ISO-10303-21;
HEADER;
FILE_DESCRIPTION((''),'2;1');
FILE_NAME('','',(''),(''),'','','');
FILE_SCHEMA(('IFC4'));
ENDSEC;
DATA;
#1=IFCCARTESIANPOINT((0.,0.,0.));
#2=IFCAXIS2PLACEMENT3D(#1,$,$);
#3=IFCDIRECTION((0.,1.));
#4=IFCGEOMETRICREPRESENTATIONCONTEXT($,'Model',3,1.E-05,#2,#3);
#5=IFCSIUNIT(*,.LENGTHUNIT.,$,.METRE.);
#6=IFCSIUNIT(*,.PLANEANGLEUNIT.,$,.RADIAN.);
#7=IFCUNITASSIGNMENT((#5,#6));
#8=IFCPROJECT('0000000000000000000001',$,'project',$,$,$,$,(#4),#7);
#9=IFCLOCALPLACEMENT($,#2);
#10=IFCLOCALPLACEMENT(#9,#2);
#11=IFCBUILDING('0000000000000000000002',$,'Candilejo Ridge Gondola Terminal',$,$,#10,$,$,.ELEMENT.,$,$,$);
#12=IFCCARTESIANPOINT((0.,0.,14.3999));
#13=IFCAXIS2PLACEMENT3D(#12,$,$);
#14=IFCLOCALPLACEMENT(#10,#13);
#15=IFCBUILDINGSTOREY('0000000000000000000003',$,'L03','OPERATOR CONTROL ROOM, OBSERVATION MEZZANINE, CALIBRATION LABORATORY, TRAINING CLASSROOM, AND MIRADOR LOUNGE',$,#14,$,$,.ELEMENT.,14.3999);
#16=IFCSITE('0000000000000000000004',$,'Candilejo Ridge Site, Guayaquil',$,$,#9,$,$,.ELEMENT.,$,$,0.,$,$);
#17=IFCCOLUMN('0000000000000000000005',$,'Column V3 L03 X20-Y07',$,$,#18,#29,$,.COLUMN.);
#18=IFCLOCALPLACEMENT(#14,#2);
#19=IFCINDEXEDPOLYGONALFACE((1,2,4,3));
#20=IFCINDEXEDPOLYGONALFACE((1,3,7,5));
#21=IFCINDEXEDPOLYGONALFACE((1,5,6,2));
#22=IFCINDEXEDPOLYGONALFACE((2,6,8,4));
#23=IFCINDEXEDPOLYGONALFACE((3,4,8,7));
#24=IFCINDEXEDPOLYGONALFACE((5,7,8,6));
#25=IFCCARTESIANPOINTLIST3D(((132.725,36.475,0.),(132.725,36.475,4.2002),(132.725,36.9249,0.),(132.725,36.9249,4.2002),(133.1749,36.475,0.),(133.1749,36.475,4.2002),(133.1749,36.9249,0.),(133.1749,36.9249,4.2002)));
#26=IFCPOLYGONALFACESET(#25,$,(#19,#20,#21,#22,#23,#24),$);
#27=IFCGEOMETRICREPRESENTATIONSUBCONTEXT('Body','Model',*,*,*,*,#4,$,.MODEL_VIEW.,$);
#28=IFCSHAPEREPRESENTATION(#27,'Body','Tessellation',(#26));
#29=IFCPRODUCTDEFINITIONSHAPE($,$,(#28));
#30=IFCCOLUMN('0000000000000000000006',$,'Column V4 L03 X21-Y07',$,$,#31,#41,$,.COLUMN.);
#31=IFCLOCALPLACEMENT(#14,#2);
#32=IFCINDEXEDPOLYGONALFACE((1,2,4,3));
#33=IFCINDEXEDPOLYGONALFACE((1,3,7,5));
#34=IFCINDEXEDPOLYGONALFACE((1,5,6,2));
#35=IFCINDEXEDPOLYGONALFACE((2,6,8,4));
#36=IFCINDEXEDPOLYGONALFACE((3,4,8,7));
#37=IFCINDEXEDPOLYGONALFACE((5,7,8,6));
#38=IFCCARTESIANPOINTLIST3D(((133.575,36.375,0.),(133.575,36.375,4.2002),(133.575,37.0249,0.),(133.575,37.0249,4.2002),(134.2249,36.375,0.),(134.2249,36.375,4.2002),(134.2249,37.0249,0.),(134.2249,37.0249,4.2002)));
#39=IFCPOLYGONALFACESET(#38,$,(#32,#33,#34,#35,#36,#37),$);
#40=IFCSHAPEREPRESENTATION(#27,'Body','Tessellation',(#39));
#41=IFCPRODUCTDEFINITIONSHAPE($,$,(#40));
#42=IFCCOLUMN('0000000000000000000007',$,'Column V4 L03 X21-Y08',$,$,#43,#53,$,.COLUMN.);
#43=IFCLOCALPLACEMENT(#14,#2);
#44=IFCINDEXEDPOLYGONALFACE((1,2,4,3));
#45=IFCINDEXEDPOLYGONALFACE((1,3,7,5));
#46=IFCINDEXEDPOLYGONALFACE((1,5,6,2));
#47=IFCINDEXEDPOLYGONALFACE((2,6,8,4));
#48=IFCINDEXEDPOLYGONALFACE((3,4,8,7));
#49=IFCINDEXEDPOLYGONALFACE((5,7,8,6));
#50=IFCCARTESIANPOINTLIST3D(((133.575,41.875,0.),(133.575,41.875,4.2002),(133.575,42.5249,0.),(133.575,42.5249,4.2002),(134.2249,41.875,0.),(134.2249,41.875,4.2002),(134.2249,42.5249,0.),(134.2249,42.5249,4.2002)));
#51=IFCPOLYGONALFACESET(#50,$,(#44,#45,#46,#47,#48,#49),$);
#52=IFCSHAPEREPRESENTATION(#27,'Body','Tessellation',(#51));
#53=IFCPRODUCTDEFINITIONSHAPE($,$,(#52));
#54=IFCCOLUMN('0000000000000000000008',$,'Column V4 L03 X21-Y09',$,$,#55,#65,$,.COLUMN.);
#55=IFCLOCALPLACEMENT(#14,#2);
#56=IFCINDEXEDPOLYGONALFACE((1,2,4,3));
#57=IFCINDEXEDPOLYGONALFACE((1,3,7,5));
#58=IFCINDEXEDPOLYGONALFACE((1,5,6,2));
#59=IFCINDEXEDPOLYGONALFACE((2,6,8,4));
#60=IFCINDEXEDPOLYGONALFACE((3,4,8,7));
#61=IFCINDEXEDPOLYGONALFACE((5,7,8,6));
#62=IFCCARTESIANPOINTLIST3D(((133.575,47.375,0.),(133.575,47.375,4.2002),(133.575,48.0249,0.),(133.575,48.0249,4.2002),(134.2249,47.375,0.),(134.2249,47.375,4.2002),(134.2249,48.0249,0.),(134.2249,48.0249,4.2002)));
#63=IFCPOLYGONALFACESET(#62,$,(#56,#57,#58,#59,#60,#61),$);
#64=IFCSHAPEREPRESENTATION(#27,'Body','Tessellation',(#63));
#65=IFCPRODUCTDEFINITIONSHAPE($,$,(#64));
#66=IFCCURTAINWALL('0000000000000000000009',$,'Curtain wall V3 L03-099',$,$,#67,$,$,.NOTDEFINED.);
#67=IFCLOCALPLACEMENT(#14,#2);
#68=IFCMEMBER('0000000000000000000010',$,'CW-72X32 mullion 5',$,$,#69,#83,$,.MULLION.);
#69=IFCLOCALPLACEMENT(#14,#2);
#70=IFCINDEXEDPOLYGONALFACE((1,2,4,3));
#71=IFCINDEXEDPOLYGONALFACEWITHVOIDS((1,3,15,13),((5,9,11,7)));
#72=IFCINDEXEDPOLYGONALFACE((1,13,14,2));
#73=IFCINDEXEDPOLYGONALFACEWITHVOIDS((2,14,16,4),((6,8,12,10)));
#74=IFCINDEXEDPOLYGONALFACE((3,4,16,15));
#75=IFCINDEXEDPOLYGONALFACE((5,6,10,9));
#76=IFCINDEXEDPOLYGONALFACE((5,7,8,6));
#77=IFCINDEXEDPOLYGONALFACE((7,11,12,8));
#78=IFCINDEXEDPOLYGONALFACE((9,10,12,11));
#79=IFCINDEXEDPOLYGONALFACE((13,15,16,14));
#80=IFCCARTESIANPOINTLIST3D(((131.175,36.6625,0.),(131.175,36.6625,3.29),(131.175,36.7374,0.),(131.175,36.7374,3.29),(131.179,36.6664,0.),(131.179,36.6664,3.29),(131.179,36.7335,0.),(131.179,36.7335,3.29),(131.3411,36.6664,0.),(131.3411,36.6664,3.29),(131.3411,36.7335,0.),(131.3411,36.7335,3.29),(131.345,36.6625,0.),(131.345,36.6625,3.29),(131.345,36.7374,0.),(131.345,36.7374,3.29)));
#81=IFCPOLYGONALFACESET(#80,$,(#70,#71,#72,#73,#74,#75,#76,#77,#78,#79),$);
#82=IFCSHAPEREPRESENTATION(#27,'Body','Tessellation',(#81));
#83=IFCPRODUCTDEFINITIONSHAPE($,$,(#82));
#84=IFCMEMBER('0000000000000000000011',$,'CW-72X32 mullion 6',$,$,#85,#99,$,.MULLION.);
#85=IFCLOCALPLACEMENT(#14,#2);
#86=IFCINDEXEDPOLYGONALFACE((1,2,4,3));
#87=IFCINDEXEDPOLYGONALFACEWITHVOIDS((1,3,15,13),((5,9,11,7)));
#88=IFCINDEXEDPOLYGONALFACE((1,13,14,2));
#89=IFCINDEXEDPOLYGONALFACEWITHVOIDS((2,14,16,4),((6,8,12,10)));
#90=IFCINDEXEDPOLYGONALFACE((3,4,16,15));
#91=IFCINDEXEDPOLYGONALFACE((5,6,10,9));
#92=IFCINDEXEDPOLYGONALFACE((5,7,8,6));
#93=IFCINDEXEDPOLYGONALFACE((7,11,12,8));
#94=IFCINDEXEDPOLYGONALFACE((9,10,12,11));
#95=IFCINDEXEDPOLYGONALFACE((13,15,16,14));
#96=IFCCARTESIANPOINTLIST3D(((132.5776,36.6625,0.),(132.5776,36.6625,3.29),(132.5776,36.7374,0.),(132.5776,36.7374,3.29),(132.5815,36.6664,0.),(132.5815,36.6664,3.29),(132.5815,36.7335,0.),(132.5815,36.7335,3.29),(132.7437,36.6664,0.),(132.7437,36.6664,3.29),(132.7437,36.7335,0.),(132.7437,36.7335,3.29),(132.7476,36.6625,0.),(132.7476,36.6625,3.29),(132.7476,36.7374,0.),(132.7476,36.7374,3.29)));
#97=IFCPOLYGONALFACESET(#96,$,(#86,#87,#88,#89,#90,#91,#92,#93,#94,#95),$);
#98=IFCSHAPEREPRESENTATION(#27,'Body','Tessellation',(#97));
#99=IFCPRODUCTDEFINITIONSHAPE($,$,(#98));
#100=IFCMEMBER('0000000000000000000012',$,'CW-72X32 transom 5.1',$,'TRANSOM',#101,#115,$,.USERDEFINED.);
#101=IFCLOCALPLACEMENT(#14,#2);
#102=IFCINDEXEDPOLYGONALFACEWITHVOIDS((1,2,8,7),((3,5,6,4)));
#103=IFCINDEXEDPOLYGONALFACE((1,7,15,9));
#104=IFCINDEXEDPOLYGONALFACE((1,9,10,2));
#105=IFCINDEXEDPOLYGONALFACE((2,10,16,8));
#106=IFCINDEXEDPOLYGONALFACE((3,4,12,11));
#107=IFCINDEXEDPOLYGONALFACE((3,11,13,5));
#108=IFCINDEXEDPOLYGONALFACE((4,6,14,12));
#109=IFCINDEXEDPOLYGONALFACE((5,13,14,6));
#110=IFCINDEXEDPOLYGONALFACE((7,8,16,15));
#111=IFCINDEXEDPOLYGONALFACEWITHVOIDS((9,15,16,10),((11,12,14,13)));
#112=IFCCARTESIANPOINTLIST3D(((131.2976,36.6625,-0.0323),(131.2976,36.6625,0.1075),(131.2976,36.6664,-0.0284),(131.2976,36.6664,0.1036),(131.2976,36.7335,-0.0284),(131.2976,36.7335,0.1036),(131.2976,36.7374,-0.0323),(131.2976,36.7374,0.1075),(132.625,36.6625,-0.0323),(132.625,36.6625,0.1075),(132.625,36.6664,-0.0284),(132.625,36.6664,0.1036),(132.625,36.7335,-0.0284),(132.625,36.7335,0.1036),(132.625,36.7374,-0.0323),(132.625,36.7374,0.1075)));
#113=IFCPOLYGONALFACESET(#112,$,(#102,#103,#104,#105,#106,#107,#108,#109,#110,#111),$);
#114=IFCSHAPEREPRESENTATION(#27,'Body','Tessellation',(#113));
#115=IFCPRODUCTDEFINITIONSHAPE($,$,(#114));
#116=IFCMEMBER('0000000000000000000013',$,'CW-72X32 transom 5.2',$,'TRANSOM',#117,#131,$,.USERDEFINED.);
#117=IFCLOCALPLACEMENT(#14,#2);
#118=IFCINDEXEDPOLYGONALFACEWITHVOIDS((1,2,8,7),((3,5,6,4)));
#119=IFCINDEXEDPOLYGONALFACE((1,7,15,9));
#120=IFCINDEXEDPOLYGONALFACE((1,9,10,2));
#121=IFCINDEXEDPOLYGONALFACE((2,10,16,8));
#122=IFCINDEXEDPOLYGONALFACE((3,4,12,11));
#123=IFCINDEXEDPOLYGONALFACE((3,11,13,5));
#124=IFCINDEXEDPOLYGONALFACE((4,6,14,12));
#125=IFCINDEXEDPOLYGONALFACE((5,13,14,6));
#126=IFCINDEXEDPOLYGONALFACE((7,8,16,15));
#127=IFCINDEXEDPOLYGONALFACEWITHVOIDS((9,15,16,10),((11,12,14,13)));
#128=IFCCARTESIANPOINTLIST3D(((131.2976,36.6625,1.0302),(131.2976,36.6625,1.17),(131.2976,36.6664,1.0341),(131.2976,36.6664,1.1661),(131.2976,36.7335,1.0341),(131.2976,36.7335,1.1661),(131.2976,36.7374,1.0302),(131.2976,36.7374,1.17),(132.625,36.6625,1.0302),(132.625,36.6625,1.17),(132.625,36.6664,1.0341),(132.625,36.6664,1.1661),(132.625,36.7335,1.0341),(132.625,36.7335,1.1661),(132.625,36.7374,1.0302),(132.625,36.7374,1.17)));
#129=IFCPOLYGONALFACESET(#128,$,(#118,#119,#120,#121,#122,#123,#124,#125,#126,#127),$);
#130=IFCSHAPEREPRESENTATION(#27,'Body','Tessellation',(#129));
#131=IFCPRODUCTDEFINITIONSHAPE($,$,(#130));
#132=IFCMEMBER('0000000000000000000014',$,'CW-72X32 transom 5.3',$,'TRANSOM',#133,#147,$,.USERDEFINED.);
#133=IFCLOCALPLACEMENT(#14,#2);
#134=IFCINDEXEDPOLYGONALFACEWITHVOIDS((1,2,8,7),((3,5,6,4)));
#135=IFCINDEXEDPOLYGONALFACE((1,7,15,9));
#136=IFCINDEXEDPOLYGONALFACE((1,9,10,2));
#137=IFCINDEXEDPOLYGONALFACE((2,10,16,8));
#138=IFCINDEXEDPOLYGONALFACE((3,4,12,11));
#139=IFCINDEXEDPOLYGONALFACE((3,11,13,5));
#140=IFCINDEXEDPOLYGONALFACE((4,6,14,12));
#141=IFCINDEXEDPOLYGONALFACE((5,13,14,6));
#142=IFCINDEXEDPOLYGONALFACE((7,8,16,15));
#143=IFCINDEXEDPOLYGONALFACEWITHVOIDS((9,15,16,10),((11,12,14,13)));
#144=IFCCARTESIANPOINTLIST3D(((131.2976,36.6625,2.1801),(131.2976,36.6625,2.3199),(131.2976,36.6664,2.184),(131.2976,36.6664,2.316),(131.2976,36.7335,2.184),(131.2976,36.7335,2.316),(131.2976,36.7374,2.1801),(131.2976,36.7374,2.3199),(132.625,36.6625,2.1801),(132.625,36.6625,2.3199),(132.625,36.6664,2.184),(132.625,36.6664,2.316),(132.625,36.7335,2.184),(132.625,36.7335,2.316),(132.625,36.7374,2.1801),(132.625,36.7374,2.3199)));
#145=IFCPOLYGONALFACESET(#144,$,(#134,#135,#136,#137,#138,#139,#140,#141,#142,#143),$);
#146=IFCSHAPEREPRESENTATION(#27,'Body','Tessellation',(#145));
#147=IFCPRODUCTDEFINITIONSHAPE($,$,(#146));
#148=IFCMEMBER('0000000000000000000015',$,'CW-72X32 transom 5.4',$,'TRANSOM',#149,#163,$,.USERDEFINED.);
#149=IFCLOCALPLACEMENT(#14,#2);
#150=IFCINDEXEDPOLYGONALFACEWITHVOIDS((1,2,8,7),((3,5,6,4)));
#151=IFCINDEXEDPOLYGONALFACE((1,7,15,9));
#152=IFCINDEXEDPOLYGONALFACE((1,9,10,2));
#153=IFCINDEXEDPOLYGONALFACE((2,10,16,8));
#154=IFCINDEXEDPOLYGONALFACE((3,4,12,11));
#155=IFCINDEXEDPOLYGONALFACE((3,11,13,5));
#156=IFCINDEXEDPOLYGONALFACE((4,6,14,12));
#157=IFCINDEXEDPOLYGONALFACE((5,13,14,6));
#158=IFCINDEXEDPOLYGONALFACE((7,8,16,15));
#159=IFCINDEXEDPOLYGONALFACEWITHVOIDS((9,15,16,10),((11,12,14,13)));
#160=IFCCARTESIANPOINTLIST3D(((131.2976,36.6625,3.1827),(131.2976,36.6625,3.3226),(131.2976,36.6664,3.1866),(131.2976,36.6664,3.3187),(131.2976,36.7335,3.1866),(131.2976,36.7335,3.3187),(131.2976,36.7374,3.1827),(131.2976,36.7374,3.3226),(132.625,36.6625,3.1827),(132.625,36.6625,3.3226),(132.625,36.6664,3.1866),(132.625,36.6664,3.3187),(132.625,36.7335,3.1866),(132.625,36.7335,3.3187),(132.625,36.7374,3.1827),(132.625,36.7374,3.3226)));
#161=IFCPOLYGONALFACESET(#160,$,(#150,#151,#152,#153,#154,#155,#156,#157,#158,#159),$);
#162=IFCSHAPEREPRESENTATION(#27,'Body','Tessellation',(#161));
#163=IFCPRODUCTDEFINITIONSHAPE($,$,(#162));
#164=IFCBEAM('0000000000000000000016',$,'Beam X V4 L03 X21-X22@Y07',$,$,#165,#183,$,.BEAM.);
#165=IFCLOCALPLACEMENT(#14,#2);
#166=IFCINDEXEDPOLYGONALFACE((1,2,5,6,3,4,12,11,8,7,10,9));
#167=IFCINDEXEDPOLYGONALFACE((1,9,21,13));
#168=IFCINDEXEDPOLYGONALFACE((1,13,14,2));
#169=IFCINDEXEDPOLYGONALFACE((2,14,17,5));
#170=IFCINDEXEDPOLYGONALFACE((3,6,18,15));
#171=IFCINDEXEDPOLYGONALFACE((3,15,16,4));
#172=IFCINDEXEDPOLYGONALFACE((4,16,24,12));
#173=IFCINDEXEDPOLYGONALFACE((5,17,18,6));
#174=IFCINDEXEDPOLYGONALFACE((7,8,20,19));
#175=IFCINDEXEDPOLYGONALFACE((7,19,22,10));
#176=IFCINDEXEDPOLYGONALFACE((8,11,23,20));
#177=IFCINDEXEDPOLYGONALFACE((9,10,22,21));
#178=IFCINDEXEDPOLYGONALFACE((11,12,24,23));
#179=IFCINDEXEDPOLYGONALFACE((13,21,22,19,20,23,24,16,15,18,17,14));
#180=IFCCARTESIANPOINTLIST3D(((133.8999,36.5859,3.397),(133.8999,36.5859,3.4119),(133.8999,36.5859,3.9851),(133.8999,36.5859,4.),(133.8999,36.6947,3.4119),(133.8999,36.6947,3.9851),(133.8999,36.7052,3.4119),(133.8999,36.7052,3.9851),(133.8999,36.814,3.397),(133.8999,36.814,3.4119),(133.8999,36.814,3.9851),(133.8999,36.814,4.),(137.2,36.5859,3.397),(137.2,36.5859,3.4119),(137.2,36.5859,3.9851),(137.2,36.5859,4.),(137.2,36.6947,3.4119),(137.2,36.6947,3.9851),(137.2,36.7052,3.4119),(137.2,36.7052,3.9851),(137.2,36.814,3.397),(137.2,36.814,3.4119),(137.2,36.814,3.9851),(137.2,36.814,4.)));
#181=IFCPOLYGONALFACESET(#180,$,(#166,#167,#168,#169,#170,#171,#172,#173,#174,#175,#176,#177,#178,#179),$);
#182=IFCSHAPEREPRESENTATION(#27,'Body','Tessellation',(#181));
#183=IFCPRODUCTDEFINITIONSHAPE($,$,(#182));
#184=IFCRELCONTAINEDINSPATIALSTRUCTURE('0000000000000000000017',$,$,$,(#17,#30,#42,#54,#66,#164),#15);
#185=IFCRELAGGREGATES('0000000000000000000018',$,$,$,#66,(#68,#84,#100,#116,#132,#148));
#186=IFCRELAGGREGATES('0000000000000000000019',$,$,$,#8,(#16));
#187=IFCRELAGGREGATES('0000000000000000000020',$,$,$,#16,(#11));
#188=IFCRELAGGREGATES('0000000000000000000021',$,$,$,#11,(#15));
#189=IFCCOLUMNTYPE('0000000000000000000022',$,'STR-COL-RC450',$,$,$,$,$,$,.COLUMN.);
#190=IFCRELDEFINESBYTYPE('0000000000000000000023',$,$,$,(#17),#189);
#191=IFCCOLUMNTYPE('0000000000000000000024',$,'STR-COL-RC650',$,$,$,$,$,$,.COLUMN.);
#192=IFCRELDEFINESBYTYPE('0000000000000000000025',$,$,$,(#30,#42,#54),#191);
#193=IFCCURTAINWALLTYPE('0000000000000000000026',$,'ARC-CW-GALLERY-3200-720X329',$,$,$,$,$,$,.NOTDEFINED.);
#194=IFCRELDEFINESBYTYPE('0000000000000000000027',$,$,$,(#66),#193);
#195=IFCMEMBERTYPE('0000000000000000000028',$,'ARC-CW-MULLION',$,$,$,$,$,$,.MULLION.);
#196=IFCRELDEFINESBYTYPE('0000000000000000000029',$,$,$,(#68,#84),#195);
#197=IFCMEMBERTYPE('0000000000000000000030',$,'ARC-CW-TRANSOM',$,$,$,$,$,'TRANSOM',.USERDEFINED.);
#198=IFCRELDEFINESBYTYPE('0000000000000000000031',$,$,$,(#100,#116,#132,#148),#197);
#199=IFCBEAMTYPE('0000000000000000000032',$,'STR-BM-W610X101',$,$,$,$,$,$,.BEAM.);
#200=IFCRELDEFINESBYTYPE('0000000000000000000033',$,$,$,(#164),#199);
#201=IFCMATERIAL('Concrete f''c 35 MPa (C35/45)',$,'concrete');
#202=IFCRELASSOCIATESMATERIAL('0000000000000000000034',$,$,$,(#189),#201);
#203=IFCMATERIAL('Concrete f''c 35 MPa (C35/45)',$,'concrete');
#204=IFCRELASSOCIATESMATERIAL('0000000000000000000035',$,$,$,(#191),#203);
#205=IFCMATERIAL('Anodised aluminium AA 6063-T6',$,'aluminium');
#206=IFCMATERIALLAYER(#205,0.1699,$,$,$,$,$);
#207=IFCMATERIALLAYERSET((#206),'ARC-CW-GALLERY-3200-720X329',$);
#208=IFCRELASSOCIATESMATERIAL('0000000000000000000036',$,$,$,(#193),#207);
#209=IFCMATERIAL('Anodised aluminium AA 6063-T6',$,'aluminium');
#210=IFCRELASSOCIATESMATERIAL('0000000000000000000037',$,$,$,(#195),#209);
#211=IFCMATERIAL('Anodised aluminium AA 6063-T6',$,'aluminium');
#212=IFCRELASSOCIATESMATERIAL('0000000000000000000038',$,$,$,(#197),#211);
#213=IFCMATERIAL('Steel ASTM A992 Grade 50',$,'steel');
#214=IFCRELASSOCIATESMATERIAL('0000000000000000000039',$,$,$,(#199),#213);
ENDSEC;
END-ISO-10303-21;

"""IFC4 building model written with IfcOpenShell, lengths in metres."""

from ifc_helpers import new_model, si_unit, direction, frame, origin, origin_2d, place, context, subcontext, project, spatial, rectangle, hollow_rectangle, i_section, extrude, material, layer, layer_set, material_profile, profile_set, type_object, element, aggregate, save


model = new_model("IFC4")

# Units and contexts
model_context = context("Model", 3, precision=1e-05, world=origin(), true_north=direction((0.0, 1.0)))
body_context = subcontext(model_context, "Body", "Model", "MODEL_VIEW")
ifc_project = project(units=[si_unit("LENGTHUNIT", "METRE"), si_unit("PLANEANGLEUNIT", "RADIAN")], contexts=[model_context])

# Site, building, storey
site_placement = place(None, origin())
site = spatial("IfcSite", under=ifc_project, at=site_placement, Name="Candilejo Ridge Site, Guayaquil", CompositionType="ELEMENT", RefElevation=0.0)
building_placement = place(site_placement, origin())
building = spatial("IfcBuilding", under=site, at=building_placement, Name="Candilejo Ridge Gondola Terminal", CompositionType="ELEMENT")
storey_placement = place(building_placement, frame((0.0, 0.0, 14.3999)))
storey = spatial("IfcBuildingStorey", under=building, at=storey_placement, Name="L03", Description="OPERATOR CONTROL ROOM, OBSERVATION MEZZANINE, CALIBRATION LABORATORY, TRAINING CLASSROOM, AND MIRADOR LOUNGE", CompositionType="ELEMENT", Elevation=14.3999)

# Columns
ifc_material_1 = material(Name="Concrete f'c 35 MPa (C35/45)", Category="concrete")
ifc_material_profile_1 = material_profile(ifc_material_1, rectangle(XDim=0.45, YDim=0.45, at=origin_2d()))
ifc_profile_set_1 = profile_set([ifc_material_profile_1], Name="Concrete f'c 35 MPa (C35/45)")
column_type_1 = type_object("IfcColumnType", Name="STR-COL-RC450", PredefinedType="COLUMN", material=ifc_profile_set_1)
column_placement = place(storey_placement, frame((132.95, 36.7, 0.0), z_axis=(0.0, 0.0, 1.0), x_axis=(1.0, 0.0, 0.0)))
element("IfcColumn", 1, at=column_placement, inside=storey, type_object=column_type_1, Name="Column V3 L03 X20-Y07", PredefinedType="COLUMN", context=body_context, shape_type="SweptSolid", body=[
    extrude(rectangle(XDim=0.45, YDim=0.45, at=origin_2d()), origin(), (0.0, 0.0, 1.0), 4.2002),
])
ifc_material_2 = material(Name="Concrete f'c 35 MPa (C35/45)", Category="concrete")
ifc_material_profile_2 = material_profile(ifc_material_2, rectangle(XDim=0.6499, YDim=0.6499, at=origin_2d()))
ifc_profile_set_2 = profile_set([ifc_material_profile_2], Name="Concrete f'c 35 MPa (C35/45)")
column_type_2 = type_object("IfcColumnType", Name="STR-COL-RC650", PredefinedType="COLUMN", material=ifc_profile_set_2)
for number, where, z_axis, x_axis, name in (
    (2, (133.8999, 36.7, 0.0), (0.0, 0.0, 1.0), (1.0, 0.0, 0.0), "Column V4 L03 X21-Y07"),
    (3, (133.8999, 42.2, 0.0), (0.0, 0.0, 1.0), (1.0, 0.0, 0.0), "Column V4 L03 X21-Y08"),
    (4, (133.8999, 47.7, 0.0), (0.0, 0.0, 1.0), (1.0, 0.0, 0.0), "Column V4 L03 X21-Y09"),
):
    element("IfcColumn", number, at=place(storey_placement, frame(where, z_axis=z_axis, x_axis=x_axis)), inside=storey, type_object=column_type_2, Name=name, PredefinedType="COLUMN", context=body_context, shape_type="SweptSolid", body=[
        extrude(rectangle(XDim=0.6499, YDim=0.6499, at=origin_2d()), origin(), (0.0, 0.0, 1.0), 4.2002),
    ])

# Curtain wall, members
ifc_material_3 = material(Name="Anodised aluminium AA 6063-T6", Category="aluminium")
ifc_layer_1 = layer(ifc_material_3, 0.1699)
ifc_layer_set_1 = layer_set([ifc_layer_1], Name="ARC-CW-GALLERY-3200-720X329")
curtain_wall_type = type_object("IfcCurtainWallType", Name="ARC-CW-GALLERY-3200-720X329", PredefinedType="NOTDEFINED", material=ifc_layer_set_1)
curtain_wall_placement = place(storey_placement, origin())
curtain_wall = element("IfcCurtainWall", 5, at=curtain_wall_placement, inside=storey, type_object=curtain_wall_type, Name="Curtain wall V3 L03-099", PredefinedType="NOTDEFINED")
ifc_material_4 = material(Name="Anodised aluminium AA 6063-T6", Category="aluminium")
ifc_material_profile_3 = material_profile(ifc_material_4, hollow_rectangle(XDim=0.075, YDim=0.1699, WallThickness=0.0039, at=origin_2d()))
ifc_profile_set_3 = profile_set([ifc_material_profile_3], Name="Anodised aluminium AA 6063-T6")
member_type_1 = type_object("IfcMemberType", Name="ARC-CW-MULLION", PredefinedType="MULLION", material=ifc_profile_set_3)
member_1_placement = place(storey_placement, frame((131.26, 36.7, 0.0), z_axis=(0.0, 0.0, 1.0), x_axis=(0.0, 1.0, 0.0)))
member_1 = element("IfcMember", 6, at=member_1_placement, type_object=member_type_1, Name="CW-72X32 mullion 5", PredefinedType="MULLION", context=body_context, shape_type="SweptSolid", body=[
    extrude(hollow_rectangle(XDim=0.075, YDim=0.1699, WallThickness=0.0039, at=origin_2d()), origin(), (0.0, 0.0, 1.0), 3.29),
])
member_2_placement = place(storey_placement, frame((132.6626, 36.7, 0.0), z_axis=(0.0, 0.0, 1.0), x_axis=(0.0, 1.0, 0.0)))
member_2 = element("IfcMember", 7, at=member_2_placement, type_object=member_type_1, Name="CW-72X32 mullion 6", PredefinedType="MULLION", context=body_context, shape_type="SweptSolid", body=[
    extrude(hollow_rectangle(XDim=0.075, YDim=0.1699, WallThickness=0.0039, at=origin_2d()), origin(), (0.0, 0.0, 1.0), 3.29),
])
ifc_material_5 = material(Name="Anodised aluminium AA 6063-T6", Category="aluminium")
ifc_material_profile_4 = material_profile(ifc_material_5, hollow_rectangle(XDim=0.075, YDim=0.1399, WallThickness=0.0039, at=origin_2d()))
ifc_profile_set_4 = profile_set([ifc_material_profile_4], Name="Anodised aluminium AA 6063-T6")
member_type_2 = type_object("IfcMemberType", Name="ARC-CW-TRANSOM", ElementType="TRANSOM", PredefinedType="USERDEFINED", material=ifc_profile_set_4)
member_3_placement = place(storey_placement, frame((131.2976, 36.7, 0.0376), z_axis=(1.0, 0.0, 0.0), x_axis=(0.0, 1.0, 0.0)))
member_3 = element("IfcMember", 8, at=member_3_placement, type_object=member_type_2, Name="CW-72X32 transom 5.1", ObjectType="TRANSOM", PredefinedType="USERDEFINED", context=body_context, shape_type="SweptSolid", body=[
    extrude(hollow_rectangle(XDim=0.075, YDim=0.1399, WallThickness=0.0039, at=origin_2d()), origin(), (0.0, 0.0, 1.0), 1.3274),
])
member_4_placement = place(storey_placement, frame((131.2976, 36.7, 1.1001), z_axis=(1.0, 0.0, 0.0), x_axis=(0.0, 1.0, 0.0)))
member_4 = element("IfcMember", 9, at=member_4_placement, type_object=member_type_2, Name="CW-72X32 transom 5.2", ObjectType="TRANSOM", PredefinedType="USERDEFINED", context=body_context, shape_type="SweptSolid", body=[
    extrude(hollow_rectangle(XDim=0.075, YDim=0.1399, WallThickness=0.0039, at=origin_2d()), origin(), (0.0, 0.0, 1.0), 1.3274),
])
member_5_placement = place(storey_placement, frame((131.2976, 36.7, 2.25), z_axis=(1.0, 0.0, 0.0), x_axis=(0.0, 1.0, 0.0)))
member_5 = element("IfcMember", 10, at=member_5_placement, type_object=member_type_2, Name="CW-72X32 transom 5.3", ObjectType="TRANSOM", PredefinedType="USERDEFINED", context=body_context, shape_type="SweptSolid", body=[
    extrude(hollow_rectangle(XDim=0.075, YDim=0.1399, WallThickness=0.0039, at=origin_2d()), origin(), (0.0, 0.0, 1.0), 1.3274),
])
member_6_placement = place(storey_placement, frame((131.2976, 36.7, 3.2527), z_axis=(1.0, 0.0, 0.0), x_axis=(0.0, 1.0, 0.0)))
member_6 = element("IfcMember", 11, at=member_6_placement, type_object=member_type_2, Name="CW-72X32 transom 5.4", ObjectType="TRANSOM", PredefinedType="USERDEFINED", context=body_context, shape_type="SweptSolid", body=[
    extrude(hollow_rectangle(XDim=0.075, YDim=0.1399, WallThickness=0.0039, at=origin_2d()), origin(), (0.0, 0.0, 1.0), 1.3274),
])

# Beam
ifc_material_6 = material(Name="Steel ASTM A992 Grade 50", Category="steel")
ifc_material_profile_5 = material_profile(ifc_material_6, i_section(OverallWidth=0.228, OverallDepth=0.603, WebThickness=0.0105, FlangeThickness=0.0149, at=origin_2d()))
ifc_profile_set_5 = profile_set([ifc_material_profile_5], Name="Steel ASTM A992 Grade 50")
beam_type_1 = type_object("IfcBeamType", Name="STR-BM-W610X101", PredefinedType="BEAM", material=ifc_profile_set_5)
for number, where, z_axis, x_axis, name in (
    (12, (133.8999, 36.7, 3.6985), (1.0, 0.0, 0.0), (0.0, 1.0, 0.0), "Beam X V4 L03 X21-X22@Y07"),
):
    element("IfcBeam", number, at=place(storey_placement, frame(where, z_axis=z_axis, x_axis=x_axis)), inside=storey, type_object=beam_type_1, Name=name, PredefinedType="BEAM", context=body_context, shape_type="SweptSolid", body=[
        extrude(i_section(OverallWidth=0.228, OverallDepth=0.603, WebThickness=0.0105, FlangeThickness=0.0149, at=origin_2d()), origin(), (0.0, 0.0, 1.0), 3.3),
    ])

aggregate(curtain_wall, [member_1, member_2, member_3, member_4, member_5, member_6])

save(model, "model.ifc")
